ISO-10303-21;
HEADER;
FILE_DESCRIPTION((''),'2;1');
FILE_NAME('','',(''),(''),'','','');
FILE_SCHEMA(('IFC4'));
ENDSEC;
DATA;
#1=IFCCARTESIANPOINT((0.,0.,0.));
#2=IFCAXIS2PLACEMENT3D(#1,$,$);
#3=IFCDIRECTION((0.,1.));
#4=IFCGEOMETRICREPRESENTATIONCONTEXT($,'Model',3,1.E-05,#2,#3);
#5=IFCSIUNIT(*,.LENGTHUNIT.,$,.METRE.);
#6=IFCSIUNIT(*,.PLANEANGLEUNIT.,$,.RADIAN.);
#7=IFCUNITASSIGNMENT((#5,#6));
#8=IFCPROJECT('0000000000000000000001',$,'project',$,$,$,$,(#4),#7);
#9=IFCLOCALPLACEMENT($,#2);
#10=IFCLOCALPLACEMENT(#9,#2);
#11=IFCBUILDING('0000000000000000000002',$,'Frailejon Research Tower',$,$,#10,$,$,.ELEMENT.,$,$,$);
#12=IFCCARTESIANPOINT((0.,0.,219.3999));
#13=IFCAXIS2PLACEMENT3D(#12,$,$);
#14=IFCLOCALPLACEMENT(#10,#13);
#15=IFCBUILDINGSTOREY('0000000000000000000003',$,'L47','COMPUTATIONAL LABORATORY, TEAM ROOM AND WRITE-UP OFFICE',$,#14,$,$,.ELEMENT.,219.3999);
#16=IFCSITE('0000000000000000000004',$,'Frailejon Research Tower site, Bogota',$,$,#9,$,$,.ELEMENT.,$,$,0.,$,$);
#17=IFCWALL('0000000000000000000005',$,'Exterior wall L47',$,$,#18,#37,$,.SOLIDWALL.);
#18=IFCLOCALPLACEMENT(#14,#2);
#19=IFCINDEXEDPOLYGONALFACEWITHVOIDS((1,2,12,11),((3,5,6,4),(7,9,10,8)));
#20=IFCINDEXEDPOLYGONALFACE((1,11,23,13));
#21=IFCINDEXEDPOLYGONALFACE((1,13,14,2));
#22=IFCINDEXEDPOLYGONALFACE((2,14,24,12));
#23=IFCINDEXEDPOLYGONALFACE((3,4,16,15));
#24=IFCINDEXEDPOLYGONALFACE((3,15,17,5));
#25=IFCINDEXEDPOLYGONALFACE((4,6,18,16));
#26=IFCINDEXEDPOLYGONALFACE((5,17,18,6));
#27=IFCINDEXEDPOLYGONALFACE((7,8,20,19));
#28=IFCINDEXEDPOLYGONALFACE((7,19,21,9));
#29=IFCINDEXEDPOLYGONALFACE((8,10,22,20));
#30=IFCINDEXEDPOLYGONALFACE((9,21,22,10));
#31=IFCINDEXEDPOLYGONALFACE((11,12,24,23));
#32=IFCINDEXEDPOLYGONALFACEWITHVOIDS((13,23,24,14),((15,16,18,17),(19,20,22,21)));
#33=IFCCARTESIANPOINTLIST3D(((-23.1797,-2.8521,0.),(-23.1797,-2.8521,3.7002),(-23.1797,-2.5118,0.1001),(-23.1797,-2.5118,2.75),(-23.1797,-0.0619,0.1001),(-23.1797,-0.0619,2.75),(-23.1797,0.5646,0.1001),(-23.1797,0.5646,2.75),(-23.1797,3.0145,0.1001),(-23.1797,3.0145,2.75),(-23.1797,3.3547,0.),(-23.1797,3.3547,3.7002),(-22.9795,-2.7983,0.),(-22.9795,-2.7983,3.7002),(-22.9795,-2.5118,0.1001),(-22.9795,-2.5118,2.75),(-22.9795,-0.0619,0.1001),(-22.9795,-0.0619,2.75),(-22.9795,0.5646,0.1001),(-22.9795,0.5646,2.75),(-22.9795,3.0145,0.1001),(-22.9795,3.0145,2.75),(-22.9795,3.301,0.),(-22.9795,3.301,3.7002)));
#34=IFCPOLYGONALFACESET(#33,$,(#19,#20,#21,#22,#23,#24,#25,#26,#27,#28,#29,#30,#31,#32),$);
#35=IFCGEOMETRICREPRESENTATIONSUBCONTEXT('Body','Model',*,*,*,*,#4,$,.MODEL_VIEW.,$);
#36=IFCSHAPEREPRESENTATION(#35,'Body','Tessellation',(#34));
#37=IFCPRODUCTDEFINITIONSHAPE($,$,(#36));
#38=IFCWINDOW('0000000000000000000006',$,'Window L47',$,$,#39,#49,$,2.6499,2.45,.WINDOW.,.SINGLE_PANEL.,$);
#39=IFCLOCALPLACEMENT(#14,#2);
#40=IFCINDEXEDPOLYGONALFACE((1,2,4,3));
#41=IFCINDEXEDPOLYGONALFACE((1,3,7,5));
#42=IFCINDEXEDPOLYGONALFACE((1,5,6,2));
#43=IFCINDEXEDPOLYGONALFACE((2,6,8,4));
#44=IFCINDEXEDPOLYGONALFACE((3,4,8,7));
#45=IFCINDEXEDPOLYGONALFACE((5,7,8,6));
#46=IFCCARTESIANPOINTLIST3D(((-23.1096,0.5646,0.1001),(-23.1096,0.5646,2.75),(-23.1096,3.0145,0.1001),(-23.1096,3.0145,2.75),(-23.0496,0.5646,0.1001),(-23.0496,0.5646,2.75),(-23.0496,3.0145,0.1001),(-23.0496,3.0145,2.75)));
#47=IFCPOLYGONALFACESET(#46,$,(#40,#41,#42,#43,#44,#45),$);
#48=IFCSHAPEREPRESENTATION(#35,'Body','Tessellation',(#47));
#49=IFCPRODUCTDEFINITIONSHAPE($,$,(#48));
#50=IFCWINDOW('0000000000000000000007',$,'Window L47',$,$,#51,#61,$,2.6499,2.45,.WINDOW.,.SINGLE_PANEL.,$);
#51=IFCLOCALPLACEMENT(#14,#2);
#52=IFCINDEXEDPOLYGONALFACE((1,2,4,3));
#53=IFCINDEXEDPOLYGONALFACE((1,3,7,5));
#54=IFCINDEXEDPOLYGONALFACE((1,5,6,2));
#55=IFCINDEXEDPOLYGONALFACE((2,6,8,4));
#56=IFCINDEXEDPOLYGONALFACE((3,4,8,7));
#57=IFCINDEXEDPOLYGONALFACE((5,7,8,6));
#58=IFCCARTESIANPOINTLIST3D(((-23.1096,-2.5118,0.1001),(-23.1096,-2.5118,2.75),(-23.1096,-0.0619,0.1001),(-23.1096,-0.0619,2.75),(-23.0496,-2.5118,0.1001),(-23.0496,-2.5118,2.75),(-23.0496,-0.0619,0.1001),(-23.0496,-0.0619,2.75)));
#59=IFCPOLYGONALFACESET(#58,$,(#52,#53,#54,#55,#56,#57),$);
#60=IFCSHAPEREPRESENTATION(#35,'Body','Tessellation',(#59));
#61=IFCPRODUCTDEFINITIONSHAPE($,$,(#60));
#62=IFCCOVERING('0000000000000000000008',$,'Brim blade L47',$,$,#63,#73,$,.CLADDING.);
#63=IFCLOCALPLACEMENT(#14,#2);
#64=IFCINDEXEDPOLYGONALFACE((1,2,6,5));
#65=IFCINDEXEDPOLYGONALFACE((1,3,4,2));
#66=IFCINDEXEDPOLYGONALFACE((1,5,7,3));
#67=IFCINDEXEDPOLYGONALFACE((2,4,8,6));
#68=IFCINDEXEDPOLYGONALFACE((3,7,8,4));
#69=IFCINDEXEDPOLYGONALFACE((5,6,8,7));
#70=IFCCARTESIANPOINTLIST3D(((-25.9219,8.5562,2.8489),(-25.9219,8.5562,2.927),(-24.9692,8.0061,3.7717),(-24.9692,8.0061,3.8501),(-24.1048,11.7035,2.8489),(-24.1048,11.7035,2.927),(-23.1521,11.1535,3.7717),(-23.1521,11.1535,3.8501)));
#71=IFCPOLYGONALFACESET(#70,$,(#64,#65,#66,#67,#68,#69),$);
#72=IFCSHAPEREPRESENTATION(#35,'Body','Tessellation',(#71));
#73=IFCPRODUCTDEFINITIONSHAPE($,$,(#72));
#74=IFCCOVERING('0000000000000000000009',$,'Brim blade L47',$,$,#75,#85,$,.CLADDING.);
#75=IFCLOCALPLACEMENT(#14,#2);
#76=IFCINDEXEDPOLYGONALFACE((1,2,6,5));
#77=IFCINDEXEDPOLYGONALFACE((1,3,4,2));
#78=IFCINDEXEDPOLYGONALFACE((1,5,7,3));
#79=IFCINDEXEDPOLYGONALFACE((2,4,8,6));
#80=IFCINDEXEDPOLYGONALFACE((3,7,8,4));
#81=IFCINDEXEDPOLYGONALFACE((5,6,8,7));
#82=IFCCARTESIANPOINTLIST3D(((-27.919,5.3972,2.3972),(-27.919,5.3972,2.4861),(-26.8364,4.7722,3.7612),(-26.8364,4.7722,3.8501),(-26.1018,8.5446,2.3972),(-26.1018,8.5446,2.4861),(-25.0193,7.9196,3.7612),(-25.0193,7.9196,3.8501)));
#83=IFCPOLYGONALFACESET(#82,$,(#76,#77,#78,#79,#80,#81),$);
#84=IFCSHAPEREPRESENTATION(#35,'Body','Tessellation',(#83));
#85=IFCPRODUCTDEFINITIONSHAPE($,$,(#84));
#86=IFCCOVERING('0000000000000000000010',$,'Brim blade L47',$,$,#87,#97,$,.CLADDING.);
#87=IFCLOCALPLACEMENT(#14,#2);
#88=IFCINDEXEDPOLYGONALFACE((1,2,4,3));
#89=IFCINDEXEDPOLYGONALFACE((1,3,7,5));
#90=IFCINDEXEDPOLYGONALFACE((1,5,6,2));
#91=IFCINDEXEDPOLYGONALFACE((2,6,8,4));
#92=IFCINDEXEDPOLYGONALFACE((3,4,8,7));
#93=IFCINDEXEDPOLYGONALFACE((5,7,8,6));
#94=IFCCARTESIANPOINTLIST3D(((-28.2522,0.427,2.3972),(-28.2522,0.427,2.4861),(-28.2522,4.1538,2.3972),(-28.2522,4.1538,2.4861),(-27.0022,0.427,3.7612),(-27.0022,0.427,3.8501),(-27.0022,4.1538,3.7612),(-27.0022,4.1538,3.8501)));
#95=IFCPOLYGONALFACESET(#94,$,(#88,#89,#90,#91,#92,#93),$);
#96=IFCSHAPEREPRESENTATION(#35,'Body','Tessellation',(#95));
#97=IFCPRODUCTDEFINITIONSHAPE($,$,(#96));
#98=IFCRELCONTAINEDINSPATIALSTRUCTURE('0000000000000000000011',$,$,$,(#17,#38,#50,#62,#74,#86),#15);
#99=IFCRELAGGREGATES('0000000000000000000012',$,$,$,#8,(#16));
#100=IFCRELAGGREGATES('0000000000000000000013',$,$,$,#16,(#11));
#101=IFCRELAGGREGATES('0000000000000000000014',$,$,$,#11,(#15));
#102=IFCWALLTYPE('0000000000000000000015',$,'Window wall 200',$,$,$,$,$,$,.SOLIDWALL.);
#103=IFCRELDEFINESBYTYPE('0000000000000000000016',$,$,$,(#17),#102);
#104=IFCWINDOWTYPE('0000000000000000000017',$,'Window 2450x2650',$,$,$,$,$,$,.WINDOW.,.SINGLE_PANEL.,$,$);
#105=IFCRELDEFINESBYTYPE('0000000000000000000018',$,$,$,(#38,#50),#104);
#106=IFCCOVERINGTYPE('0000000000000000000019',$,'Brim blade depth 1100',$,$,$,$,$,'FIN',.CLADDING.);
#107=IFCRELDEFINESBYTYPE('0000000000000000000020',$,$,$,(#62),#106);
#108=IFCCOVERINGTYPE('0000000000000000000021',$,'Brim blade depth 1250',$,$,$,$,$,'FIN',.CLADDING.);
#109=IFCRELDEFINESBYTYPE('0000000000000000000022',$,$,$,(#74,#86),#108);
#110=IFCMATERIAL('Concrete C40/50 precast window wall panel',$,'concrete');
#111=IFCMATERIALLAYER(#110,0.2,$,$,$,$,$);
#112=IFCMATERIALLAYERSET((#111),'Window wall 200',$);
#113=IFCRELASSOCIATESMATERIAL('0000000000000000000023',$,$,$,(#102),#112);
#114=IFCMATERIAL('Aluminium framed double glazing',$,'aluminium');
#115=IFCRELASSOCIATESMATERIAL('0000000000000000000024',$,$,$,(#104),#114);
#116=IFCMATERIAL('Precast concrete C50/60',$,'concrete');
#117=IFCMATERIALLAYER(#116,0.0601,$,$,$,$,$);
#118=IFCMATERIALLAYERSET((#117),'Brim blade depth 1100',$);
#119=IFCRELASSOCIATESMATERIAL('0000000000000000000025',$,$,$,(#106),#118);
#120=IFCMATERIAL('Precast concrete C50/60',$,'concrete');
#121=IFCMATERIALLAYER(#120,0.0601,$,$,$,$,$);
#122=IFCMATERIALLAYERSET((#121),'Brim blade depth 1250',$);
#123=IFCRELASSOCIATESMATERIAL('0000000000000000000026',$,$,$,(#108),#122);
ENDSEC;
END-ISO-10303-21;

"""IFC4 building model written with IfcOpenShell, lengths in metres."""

from ifc_helpers import new_model, si_unit, direction, frame, frame_2d, origin, place, context, subcontext, project, spatial, polyline, rectangle, outline, extrude, material, layer, layer_set, type_object, element, fill, save


model = new_model("IFC4")

# Units and contexts
model_context = context("Model", 3, precision=1e-05, world=origin(), true_north=direction((0.0, 1.0)))
body_context = subcontext(model_context, "Body", "Model", "MODEL_VIEW")
ifc_project = project(units=[si_unit("LENGTHUNIT", "METRE"), si_unit("PLANEANGLEUNIT", "RADIAN")], contexts=[model_context])

# Site, building, storey
site_placement = place(None, origin())
site = spatial("IfcSite", under=ifc_project, at=site_placement, Name="Frailejon Research Tower site, Bogota", CompositionType="ELEMENT", RefElevation=0.0)
building_placement = place(site_placement, origin())
building = spatial("IfcBuilding", under=site, at=building_placement, Name="Frailejon Research Tower", CompositionType="ELEMENT")
storey_placement = place(building_placement, frame((0.0, 0.0, 219.3999)))
storey = spatial("IfcBuildingStorey", under=building, at=storey_placement, Name="L47", Description="COMPUTATIONAL LABORATORY, TEAM ROOM AND WRITE-UP OFFICE", CompositionType="ELEMENT", Elevation=219.3999)

# Wall, openings, windows
ifc_material_1 = material(Name="Concrete C40/50 precast window wall panel", Category="concrete")
ifc_layer_1 = layer(ifc_material_1, 0.2)
ifc_layer_set_1 = layer_set([ifc_layer_1], Name="Window wall 200")
wall_type_1 = type_object("IfcWallType", Name="Window wall 200", PredefinedType="SOLIDWALL", material=ifc_layer_set_1)
wall_1_placement = place(storey_placement, frame((-23.0796, 3.3279, 0.0), z_axis=(0.0, 0.0, 1.0), x_axis=(0.0, -1.0, 0.0)))
wall_1 = element("IfcWall", 1, at=wall_1_placement, inside=storey, type_object=wall_type_1, Name="Exterior wall L47", PredefinedType="SOLIDWALL", context=body_context, shape_type="SweptSolid", body=[
    extrude(outline(polyline([(-0.0269, -0.1001), (1.0076, -0.1001), (2.042, -0.1001), (3.0767, -0.1001), (4.1111, -0.1001), (5.1455, -0.1001), (6.1799, -0.1001), (6.1262, 0.1001), (5.1096, 0.1001), (4.093, 0.1001), (3.0767, 0.1001), (2.0601, 0.1001), (1.0435, 0.1001), (0.0269, 0.1001), (-0.0269, -0.1001)])), origin(), (0.0, 0.0, 1.0), 3.7002),
])
opening_1_placement = place(wall_1_placement, frame((0.3132, 0.0, 0.1001)))
opening_1 = element("IfcOpeningElement", 2, at=opening_1_placement, cuts=wall_1, PredefinedType="OPENING", context=body_context, shape_type="SweptSolid", body=[
    extrude(rectangle(XDim=2.45, YDim=2.6499, at=frame_2d((1.2251, 1.325))), frame((0.0, 0.1099, 0.0), z_axis=(0.0, -1.0, 0.0), x_axis=(1.0, 0.0, 0.0)), (0.0, 0.0, 1.0), 0.22),
])
opening_2_placement = place(wall_1_placement, frame((3.3896, 0.0, 0.1001)))
opening_2 = element("IfcOpeningElement", 3, at=opening_2_placement, cuts=wall_1, PredefinedType="OPENING", context=body_context, shape_type="SweptSolid", body=[
    extrude(rectangle(XDim=2.45, YDim=2.6499, at=frame_2d((1.2251, 1.325))), frame((0.0, 0.1099, 0.0), z_axis=(0.0, -1.0, 0.0), x_axis=(1.0, 0.0, 0.0)), (0.0, 0.0, 1.0), 0.22),
])
ifc_material_2 = material(Name="Aluminium framed double glazing", Category="aluminium")
window_type = type_object("IfcWindowType", Name="Window 2450x2650", PartitioningType="SINGLE_PANEL", PredefinedType="WINDOW", material=ifc_material_2)
window_1_placement = place(opening_1_placement, origin())
window_1 = element("IfcWindow", 4, at=window_1_placement, inside=storey, type_object=window_type, Name="Window L47", OverallHeight=2.6499, OverallWidth=2.45, PartitioningType="SINGLE_PANEL", PredefinedType="WINDOW", context=body_context, shape_type="SweptSolid", body=[
    extrude(rectangle(XDim=2.45, YDim=2.6499, at=frame_2d((1.2251, 1.325))), frame((0.0, 0.03, 0.0), z_axis=(0.0, -1.0, 0.0), x_axis=(1.0, 0.0, 0.0)), (0.0, 0.0, 1.0), 0.0601),
])
fill(opening_1, window_1)
window_2_placement = place(opening_2_placement, origin())
window_2 = element("IfcWindow", 5, at=window_2_placement, inside=storey, type_object=window_type, Name="Window L47", OverallHeight=2.6499, OverallWidth=2.45, PartitioningType="SINGLE_PANEL", PredefinedType="WINDOW", context=body_context, shape_type="SweptSolid", body=[
    extrude(rectangle(XDim=2.45, YDim=2.6499, at=frame_2d((1.2251, 1.325))), frame((0.0, 0.03, 0.0), z_axis=(0.0, -1.0, 0.0), x_axis=(1.0, 0.0, 0.0)), (0.0, 0.0, 1.0), 0.0601),
])
fill(opening_2, window_2)

# Coverings
ifc_material_3 = material(Name="Precast concrete C50/60", Category="concrete")
ifc_layer_2 = layer(ifc_material_3, 0.0601)
ifc_layer_set_2 = layer_set([ifc_layer_2], Name="Brim blade depth 1100")
covering_type_1 = type_object("IfcCoveringType", Name="Brim blade depth 1100", ElementType="FIN", PredefinedType="CLADDING", material=ifc_layer_set_2)
covering_1_placement = place(storey_placement, frame((-24.9692, 8.0061, 3.8501), z_axis=(0.500001, 0.866025, 0.0), x_axis=(-0.866025, 0.500001, 0.0)))
element("IfcCovering", 6, at=covering_1_placement, inside=storey, type_object=covering_type_1, Name="Brim blade L47", PredefinedType="CLADDING", context=body_context, shape_type="SweptSolid", body=[
    extrude(outline(polyline([(0.0, -0.0784), (1.1001, -1.0012), (1.1001, -0.9231), (0.0, 0.0), (0.0, -0.0784)])), origin(), (0.0, 0.0, 1.0), 3.6343),
])
ifc_material_4 = material(Name="Precast concrete C50/60", Category="concrete")
ifc_layer_3 = layer(ifc_material_4, 0.0601)
ifc_layer_set_3 = layer_set([ifc_layer_3], Name="Brim blade depth 1250")
covering_type_2 = type_object("IfcCoveringType", Name="Brim blade depth 1250", ElementType="FIN", PredefinedType="CLADDING", material=ifc_layer_set_3)
covering_2_placement = place(storey_placement, frame((-26.8364, 4.7722, 3.8501), z_axis=(0.500001, 0.866025, 0.0), x_axis=(-0.866025, 0.500001, 0.0)))
element("IfcCovering", 7, at=covering_2_placement, inside=storey, type_object=covering_type_2, Name="Brim blade L47", PredefinedType="CLADDING", context=body_context, shape_type="SweptSolid", body=[
    extrude(outline(polyline([(0.0, -0.0889), (1.25, -1.4529), (1.25, -1.364), (0.0, 0.0), (0.0, -0.0889)])), origin(), (0.0, 0.0, 1.0), 3.6343),
])
covering_3_placement = place(storey_placement, frame((-27.0022, 0.427, 3.8501), z_axis=(0.0, 1.0, 0.0), x_axis=(-1.0, 0.0, 0.0)))
element("IfcCovering", 8, at=covering_3_placement, inside=storey, type_object=covering_type_2, Name="Brim blade L47", PredefinedType="CLADDING", context=body_context, shape_type="SweptSolid", body=[
    extrude(outline(polyline([(0.0, -0.0889), (1.25, -1.4529), (1.25, -1.364), (0.0, 0.0), (0.0, -0.0889)])), origin(), (0.0, 0.0, 1.0), 3.7268),
])

save(model, "model.ifc")
